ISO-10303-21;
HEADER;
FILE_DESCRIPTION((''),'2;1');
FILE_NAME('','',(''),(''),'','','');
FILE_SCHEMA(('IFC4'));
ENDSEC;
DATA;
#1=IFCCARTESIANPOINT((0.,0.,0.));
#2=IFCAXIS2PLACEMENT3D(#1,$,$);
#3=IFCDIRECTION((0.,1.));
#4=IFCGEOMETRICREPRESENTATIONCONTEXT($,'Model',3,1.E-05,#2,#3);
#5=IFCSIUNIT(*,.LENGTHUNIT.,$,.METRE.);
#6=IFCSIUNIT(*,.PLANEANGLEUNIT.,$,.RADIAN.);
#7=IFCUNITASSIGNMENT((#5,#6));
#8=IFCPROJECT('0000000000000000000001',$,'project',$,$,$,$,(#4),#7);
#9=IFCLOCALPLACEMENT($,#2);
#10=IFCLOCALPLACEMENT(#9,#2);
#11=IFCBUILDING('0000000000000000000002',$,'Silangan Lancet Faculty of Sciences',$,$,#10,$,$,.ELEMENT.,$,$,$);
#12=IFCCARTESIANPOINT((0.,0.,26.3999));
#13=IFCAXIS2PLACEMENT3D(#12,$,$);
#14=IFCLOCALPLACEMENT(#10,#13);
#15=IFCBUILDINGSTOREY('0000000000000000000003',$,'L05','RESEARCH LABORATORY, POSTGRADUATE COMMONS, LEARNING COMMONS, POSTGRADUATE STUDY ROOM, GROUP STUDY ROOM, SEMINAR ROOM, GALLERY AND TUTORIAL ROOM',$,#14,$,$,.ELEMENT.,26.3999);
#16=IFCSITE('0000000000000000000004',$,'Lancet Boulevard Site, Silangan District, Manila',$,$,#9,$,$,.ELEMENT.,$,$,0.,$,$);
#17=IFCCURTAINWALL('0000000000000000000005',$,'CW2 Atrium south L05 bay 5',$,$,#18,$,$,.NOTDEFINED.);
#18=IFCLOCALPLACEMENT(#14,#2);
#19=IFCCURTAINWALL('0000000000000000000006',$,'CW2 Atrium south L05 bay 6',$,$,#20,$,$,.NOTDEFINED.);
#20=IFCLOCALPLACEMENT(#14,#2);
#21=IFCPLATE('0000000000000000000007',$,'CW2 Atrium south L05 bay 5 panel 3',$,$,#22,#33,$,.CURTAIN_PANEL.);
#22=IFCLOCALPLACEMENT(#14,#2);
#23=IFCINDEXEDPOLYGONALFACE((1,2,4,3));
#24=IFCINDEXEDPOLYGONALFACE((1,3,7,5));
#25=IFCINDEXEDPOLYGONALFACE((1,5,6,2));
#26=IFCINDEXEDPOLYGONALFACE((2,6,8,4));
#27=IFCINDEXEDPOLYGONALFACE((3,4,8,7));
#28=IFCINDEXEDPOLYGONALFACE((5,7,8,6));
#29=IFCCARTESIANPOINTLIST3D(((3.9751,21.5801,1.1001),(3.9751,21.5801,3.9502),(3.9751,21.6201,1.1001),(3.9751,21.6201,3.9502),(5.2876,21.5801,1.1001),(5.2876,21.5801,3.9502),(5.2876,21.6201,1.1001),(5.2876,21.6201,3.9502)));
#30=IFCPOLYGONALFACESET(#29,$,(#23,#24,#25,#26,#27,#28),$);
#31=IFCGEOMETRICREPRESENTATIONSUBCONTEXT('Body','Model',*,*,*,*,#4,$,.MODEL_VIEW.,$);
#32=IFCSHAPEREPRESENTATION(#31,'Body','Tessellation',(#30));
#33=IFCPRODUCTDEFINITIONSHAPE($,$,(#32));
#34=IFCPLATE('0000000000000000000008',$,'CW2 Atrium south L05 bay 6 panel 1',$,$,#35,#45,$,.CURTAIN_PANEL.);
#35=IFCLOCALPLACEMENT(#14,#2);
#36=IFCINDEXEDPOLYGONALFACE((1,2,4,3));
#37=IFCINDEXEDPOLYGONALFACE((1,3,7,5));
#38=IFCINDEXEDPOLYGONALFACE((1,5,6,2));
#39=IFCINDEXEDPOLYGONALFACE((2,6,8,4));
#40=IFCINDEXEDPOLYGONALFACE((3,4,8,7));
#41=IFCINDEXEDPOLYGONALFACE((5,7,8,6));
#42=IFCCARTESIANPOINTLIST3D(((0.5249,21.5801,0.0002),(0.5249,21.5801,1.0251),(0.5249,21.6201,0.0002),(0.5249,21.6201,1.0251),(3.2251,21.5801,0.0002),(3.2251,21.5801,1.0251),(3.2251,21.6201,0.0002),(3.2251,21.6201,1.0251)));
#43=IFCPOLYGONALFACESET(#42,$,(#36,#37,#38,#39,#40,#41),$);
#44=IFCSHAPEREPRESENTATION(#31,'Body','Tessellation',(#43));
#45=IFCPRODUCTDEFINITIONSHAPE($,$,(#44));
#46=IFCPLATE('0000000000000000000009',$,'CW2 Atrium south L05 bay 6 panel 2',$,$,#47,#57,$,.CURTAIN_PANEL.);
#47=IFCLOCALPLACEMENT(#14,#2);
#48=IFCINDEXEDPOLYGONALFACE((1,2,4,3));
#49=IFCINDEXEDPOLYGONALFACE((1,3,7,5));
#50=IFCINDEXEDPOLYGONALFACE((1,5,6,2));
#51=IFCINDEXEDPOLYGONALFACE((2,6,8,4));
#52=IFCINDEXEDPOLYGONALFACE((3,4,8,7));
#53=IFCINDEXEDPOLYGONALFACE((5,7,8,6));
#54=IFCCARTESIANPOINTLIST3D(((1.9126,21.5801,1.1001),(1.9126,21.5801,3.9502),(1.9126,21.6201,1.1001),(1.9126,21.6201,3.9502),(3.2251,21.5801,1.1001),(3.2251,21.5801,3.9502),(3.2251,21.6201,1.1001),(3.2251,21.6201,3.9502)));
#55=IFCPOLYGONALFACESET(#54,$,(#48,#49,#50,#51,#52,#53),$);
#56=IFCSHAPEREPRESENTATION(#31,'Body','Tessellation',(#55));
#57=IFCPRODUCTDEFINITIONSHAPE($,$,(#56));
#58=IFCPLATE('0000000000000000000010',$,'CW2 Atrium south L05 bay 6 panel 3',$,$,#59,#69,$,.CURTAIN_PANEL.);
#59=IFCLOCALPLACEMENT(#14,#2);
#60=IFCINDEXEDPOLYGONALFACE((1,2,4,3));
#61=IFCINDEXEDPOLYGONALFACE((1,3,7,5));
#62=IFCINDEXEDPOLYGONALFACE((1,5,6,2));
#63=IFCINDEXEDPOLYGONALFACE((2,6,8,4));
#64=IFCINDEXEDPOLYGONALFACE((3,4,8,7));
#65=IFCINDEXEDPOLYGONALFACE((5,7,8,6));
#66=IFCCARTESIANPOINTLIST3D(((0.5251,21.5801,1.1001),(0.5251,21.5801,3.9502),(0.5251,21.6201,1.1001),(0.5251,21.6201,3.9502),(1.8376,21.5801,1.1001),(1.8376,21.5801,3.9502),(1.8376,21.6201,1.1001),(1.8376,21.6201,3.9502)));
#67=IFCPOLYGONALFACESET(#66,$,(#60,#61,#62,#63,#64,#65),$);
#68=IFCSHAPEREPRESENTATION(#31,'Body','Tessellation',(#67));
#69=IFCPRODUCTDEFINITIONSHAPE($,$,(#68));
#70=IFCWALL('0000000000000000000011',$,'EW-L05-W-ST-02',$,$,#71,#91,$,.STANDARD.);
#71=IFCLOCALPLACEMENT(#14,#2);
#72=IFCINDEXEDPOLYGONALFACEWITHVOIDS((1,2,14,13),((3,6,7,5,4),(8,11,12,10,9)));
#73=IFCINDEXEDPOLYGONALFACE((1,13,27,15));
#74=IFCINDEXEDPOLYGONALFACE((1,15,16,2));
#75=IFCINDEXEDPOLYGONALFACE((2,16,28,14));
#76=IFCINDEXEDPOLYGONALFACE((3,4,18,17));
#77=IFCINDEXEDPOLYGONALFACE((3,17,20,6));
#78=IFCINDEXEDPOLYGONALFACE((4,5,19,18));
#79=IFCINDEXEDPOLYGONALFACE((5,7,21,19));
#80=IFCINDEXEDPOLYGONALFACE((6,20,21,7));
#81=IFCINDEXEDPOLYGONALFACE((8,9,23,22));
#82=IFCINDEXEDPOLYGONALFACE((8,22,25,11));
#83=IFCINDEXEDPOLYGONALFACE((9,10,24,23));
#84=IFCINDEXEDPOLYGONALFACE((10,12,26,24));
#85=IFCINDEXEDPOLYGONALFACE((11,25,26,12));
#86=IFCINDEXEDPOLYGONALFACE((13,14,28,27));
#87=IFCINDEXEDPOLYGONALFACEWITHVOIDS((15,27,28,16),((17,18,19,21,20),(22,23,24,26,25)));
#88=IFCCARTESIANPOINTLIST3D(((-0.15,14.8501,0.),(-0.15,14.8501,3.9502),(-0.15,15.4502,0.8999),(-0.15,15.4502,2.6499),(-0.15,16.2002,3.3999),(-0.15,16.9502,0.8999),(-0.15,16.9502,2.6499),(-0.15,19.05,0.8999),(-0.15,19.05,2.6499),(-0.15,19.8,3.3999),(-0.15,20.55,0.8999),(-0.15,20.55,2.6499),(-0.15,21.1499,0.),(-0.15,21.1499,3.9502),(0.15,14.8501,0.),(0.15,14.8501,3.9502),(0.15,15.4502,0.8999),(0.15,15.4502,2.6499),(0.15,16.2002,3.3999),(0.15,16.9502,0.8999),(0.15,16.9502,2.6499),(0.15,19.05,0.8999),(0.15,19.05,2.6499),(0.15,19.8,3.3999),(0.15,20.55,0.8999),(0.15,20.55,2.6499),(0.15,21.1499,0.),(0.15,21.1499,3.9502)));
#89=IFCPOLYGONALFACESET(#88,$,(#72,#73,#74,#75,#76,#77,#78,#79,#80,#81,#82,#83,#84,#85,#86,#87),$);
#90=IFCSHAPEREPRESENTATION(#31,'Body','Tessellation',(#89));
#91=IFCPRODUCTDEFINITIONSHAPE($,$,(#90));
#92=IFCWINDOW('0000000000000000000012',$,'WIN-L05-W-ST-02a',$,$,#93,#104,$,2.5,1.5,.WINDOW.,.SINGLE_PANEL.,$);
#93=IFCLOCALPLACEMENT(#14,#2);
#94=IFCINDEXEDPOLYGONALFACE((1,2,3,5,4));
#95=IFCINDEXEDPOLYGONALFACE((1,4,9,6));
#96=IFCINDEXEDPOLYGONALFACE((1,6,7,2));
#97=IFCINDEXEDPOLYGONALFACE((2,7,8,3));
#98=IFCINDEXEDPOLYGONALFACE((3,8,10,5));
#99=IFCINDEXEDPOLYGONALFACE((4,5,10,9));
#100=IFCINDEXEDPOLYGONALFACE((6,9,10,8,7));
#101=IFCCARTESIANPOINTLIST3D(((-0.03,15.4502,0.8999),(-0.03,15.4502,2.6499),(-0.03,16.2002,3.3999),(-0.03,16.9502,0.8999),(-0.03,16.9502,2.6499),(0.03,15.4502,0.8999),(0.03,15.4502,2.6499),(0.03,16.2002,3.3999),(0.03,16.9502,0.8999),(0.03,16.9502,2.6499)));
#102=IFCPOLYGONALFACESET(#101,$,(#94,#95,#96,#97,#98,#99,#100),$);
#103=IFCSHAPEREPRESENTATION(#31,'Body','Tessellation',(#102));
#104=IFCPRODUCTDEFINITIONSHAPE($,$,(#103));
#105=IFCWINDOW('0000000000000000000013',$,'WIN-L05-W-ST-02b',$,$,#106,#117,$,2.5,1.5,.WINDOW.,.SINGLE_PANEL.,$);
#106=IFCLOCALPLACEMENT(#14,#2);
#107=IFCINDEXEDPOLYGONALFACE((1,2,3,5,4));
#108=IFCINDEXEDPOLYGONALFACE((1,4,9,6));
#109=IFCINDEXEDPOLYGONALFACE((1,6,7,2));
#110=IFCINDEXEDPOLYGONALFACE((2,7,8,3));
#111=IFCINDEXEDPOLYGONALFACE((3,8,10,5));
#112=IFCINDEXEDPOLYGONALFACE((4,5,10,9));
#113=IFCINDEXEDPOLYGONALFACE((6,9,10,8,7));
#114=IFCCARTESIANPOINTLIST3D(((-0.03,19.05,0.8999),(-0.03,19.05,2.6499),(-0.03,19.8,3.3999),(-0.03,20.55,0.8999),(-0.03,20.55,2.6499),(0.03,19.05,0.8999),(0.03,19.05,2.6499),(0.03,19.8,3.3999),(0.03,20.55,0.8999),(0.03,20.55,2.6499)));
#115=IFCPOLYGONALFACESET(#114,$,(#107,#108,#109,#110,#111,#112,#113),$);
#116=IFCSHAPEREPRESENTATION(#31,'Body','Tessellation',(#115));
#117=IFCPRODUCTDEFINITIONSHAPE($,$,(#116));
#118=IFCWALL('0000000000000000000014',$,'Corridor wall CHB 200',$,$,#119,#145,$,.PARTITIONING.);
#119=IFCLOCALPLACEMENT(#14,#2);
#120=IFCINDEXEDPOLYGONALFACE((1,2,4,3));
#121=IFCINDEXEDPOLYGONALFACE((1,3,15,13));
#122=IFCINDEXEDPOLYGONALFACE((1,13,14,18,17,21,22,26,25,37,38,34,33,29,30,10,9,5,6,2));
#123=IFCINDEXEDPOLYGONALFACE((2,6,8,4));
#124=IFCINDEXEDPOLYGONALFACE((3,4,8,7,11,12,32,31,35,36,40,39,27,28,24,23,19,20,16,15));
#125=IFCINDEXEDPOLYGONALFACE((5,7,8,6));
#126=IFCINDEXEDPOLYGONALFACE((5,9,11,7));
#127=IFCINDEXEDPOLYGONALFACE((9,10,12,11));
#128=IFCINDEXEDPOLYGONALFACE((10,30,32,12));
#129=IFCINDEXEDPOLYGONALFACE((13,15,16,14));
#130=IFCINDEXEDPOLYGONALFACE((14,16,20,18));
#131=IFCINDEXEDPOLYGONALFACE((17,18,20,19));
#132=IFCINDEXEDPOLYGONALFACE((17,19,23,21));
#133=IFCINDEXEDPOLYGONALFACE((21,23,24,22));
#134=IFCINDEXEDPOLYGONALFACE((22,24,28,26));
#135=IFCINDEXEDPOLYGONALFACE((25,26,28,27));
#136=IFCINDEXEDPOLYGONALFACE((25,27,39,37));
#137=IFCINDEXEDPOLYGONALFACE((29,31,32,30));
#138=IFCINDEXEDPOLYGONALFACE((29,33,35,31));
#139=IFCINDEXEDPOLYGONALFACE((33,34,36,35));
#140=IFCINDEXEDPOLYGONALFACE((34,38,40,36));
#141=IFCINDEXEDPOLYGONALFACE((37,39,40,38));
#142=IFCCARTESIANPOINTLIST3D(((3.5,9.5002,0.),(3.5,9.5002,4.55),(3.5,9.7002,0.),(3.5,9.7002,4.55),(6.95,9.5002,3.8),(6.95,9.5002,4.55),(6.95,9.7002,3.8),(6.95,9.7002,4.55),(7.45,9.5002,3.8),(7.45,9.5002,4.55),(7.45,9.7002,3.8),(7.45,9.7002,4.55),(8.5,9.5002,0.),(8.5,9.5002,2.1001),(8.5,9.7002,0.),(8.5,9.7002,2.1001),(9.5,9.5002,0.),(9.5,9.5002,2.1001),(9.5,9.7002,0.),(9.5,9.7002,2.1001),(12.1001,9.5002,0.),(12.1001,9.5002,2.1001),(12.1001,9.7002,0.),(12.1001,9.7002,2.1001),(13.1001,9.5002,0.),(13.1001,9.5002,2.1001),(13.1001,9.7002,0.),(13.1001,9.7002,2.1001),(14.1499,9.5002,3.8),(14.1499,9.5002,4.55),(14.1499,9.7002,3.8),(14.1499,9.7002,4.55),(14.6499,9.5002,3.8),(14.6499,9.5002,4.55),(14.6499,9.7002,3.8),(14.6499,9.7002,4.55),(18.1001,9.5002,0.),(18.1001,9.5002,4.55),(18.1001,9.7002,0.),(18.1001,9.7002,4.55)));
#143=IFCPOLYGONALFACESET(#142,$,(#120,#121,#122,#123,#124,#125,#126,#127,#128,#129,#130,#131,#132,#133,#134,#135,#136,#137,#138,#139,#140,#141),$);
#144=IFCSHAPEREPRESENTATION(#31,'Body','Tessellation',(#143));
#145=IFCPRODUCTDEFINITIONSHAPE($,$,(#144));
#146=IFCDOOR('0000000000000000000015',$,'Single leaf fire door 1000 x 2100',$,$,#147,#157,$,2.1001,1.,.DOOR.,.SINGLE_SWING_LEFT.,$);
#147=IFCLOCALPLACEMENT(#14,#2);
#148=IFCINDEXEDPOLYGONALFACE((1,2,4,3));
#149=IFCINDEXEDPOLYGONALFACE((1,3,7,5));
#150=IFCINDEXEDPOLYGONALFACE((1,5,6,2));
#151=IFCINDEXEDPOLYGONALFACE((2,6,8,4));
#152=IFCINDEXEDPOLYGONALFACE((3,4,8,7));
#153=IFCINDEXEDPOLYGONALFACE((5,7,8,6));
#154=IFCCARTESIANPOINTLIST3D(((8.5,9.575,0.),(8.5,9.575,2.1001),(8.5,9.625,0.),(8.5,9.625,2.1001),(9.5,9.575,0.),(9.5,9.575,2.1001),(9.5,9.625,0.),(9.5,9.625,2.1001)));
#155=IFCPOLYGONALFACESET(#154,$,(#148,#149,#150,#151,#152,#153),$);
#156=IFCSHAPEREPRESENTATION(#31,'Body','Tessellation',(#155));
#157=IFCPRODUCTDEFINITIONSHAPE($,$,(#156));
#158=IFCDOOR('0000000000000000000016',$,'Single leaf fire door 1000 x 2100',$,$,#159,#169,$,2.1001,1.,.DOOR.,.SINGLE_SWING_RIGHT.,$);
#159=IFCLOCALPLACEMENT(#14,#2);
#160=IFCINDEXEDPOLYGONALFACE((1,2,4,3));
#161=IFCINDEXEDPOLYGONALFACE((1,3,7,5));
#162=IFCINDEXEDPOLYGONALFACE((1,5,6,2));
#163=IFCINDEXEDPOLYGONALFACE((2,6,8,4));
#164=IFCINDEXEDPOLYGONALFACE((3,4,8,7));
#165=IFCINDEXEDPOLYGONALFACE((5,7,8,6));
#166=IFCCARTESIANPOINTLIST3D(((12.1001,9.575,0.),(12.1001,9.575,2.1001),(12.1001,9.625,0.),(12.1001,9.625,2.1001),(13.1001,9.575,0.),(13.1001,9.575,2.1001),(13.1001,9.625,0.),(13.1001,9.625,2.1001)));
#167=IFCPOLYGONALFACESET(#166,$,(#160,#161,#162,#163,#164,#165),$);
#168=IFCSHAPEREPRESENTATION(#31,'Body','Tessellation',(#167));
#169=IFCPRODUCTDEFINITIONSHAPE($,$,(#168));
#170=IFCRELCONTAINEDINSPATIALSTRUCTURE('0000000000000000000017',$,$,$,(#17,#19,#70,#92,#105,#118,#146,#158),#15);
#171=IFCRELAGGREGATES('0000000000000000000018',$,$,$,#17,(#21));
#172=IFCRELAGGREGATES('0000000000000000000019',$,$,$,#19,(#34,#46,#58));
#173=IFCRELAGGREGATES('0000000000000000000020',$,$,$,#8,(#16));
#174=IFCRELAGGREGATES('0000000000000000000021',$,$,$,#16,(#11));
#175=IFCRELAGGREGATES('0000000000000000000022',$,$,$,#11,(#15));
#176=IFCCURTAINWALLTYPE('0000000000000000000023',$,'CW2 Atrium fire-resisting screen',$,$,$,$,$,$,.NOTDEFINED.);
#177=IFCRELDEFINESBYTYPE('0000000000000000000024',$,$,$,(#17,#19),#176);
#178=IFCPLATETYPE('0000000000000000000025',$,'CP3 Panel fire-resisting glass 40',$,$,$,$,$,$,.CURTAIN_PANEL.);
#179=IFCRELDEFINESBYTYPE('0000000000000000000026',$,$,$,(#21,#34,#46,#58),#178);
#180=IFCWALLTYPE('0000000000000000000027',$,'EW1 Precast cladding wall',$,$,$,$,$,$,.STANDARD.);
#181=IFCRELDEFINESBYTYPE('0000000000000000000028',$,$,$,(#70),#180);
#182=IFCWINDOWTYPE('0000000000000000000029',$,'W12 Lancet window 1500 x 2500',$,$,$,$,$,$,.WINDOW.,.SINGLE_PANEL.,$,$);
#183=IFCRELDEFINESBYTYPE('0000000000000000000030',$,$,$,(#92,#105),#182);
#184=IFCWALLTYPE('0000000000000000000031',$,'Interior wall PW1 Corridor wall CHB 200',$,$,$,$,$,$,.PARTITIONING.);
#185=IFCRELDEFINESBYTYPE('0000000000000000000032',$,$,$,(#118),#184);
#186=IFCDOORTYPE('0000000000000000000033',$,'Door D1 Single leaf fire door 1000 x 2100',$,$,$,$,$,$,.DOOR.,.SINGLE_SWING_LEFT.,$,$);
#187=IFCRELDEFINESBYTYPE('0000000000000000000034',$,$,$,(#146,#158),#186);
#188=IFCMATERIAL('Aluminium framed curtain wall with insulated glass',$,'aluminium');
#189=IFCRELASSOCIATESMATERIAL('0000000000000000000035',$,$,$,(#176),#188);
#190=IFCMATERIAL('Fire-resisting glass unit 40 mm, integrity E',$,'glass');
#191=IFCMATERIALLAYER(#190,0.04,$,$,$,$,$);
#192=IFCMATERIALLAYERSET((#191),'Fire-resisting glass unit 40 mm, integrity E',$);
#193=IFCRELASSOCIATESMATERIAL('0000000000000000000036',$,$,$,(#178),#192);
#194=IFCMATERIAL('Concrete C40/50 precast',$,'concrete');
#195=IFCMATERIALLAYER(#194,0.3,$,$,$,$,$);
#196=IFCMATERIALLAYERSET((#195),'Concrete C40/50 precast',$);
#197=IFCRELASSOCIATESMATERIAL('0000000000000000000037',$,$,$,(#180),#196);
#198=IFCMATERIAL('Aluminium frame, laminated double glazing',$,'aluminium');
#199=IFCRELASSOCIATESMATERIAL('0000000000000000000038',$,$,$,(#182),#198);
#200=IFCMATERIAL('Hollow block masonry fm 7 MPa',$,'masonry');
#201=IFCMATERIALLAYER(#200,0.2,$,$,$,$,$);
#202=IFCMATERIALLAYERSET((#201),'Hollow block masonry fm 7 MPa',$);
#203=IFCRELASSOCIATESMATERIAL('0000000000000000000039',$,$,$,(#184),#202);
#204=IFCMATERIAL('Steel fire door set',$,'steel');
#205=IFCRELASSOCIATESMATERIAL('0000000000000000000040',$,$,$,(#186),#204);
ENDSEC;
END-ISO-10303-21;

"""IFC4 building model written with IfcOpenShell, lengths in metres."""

from ifc_helpers import new_model, si_unit, direction, frame, frame_2d, origin, origin_2d, place, context, subcontext, project, spatial, polyline, rectangle, outline, extrude, material, layer, layer_set, type_object, element, fill, aggregate, save


model = new_model("IFC4")

# Units and contexts
model_context = context("Model", 3, precision=1e-05, world=origin(), true_north=direction((0.0, 1.0)))
body_context = subcontext(model_context, "Body", "Model", "MODEL_VIEW")
ifc_project = project(units=[si_unit("LENGTHUNIT", "METRE"), si_unit("PLANEANGLEUNIT", "RADIAN")], contexts=[model_context])

# Site, building, storey
site_placement = place(None, origin())
site = spatial("IfcSite", under=ifc_project, at=site_placement, Name="Lancet Boulevard Site, Silangan District, Manila", CompositionType="ELEMENT", RefElevation=0.0)
building_placement = place(site_placement, origin())
building = spatial("IfcBuilding", under=site, at=building_placement, Name="Silangan Lancet Faculty of Sciences", CompositionType="ELEMENT")
storey_placement = place(building_placement, frame((0.0, 0.0, 26.3999)))
storey = spatial("IfcBuildingStorey", under=building, at=storey_placement, Name="L05", Description="RESEARCH LABORATORY, POSTGRADUATE COMMONS, LEARNING COMMONS, POSTGRADUATE STUDY ROOM, GROUP STUDY ROOM, SEMINAR ROOM, GALLERY AND TUTORIAL ROOM", CompositionType="ELEMENT", Elevation=26.3999)

# Curtain wall
ifc_material_1 = material(Name="Aluminium framed curtain wall with insulated glass", Category="aluminium")
curtain_wall_type = type_object("IfcCurtainWallType", Name="CW2 Atrium fire-resisting screen", PredefinedType="NOTDEFINED", material=ifc_material_1)
curtain_wall_1_placement = place(storey_placement, origin())
curtain_wall_1 = element("IfcCurtainWall", 1, at=curtain_wall_1_placement, inside=storey, type_object=curtain_wall_type, Name="CW2 Atrium south L05 bay 5", PredefinedType="NOTDEFINED")

# Curtain wall
curtain_wall_2_placement = place(storey_placement, origin())
curtain_wall_2 = element("IfcCurtainWall", 2, at=curtain_wall_2_placement, inside=storey, type_object=curtain_wall_type, Name="CW2 Atrium south L05 bay 6", PredefinedType="NOTDEFINED")

# Plates
ifc_material_2 = material(Name="Fire-resisting glass unit 40 mm, integrity E", Category="glass")
ifc_layer_1 = layer(ifc_material_2, 0.04)
ifc_layer_set_1 = layer_set([ifc_layer_1], Name="Fire-resisting glass unit 40 mm, integrity E")
plate_type = type_object("IfcPlateType", Name="CP3 Panel fire-resisting glass 40", PredefinedType="CURTAIN_PANEL", material=ifc_layer_set_1)
plate_1_placement = place(storey_placement, frame((4.6313, 21.6001, 1.1001), z_axis=(0.0, 0.0, 1.0), x_axis=(-1.0, 0.0, 0.0)))
plate_1 = element("IfcPlate", 3, at=plate_1_placement, type_object=plate_type, Name="CW2 Atrium south L05 bay 5 panel 3", PredefinedType="CURTAIN_PANEL", context=body_context, shape_type="SweptSolid", body=[
    extrude(rectangle(XDim=1.3125, YDim=0.04, at=origin_2d()), origin(), (0.0, 0.0, 1.0), 2.8501),
])
aggregate(curtain_wall_1, [plate_1])
plate_2_placement = place(storey_placement, frame((1.875, 21.6001, 0.0002), z_axis=(0.0, 0.0, 1.0), x_axis=(-1.0, 0.0, 0.0)))
plate_2 = element("IfcPlate", 4, at=plate_2_placement, type_object=plate_type, Name="CW2 Atrium south L05 bay 6 panel 1", PredefinedType="CURTAIN_PANEL", context=body_context, shape_type="SweptSolid", body=[
    extrude(rectangle(XDim=2.7002, YDim=0.04, at=origin_2d()), origin(), (0.0, 0.0, 1.0), 1.0249),
])
plate_3_placement = place(storey_placement, frame((2.5688, 21.6001, 1.1001), z_axis=(0.0, 0.0, 1.0), x_axis=(-1.0, 0.0, 0.0)))
plate_3 = element("IfcPlate", 5, at=plate_3_placement, type_object=plate_type, Name="CW2 Atrium south L05 bay 6 panel 2", PredefinedType="CURTAIN_PANEL", context=body_context, shape_type="SweptSolid", body=[
    extrude(rectangle(XDim=1.3125, YDim=0.04, at=origin_2d()), origin(), (0.0, 0.0, 1.0), 2.8501),
])
plate_4_placement = place(storey_placement, frame((1.1814, 21.6001, 1.1001), z_axis=(0.0, 0.0, 1.0), x_axis=(-1.0, 0.0, 0.0)))
plate_4 = element("IfcPlate", 6, at=plate_4_placement, type_object=plate_type, Name="CW2 Atrium south L05 bay 6 panel 3", PredefinedType="CURTAIN_PANEL", context=body_context, shape_type="SweptSolid", body=[
    extrude(rectangle(XDim=1.3125, YDim=0.04, at=origin_2d()), origin(), (0.0, 0.0, 1.0), 2.8501),
])
aggregate(curtain_wall_2, [plate_2, plate_3, plate_4])

# Wall, openings, windows
ifc_material_3 = material(Name="Concrete C40/50 precast", Category="concrete")
ifc_layer_2 = layer(ifc_material_3, 0.3)
ifc_layer_set_2 = layer_set([ifc_layer_2], Name="Concrete C40/50 precast")
wall_type_1 = type_object("IfcWallType", Name="EW1 Precast cladding wall", PredefinedType="STANDARD", material=ifc_layer_set_2)
wall_1_placement = place(storey_placement, frame((0.0, 14.8501, 0.0), z_axis=(0.0, 0.0, 1.0), x_axis=(0.0, 1.0, 0.0)))
wall_1 = element("IfcWall", 7, at=wall_1_placement, inside=storey, type_object=wall_type_1, Name="EW-L05-W-ST-02", PredefinedType="STANDARD", context=body_context, shape_type="SweptSolid", body=[
    extrude(rectangle(XDim=6.2998, YDim=0.3, at=frame_2d((3.1499, 0.0))), origin(), (0.0, 0.0, 1.0), 3.9502),
])
opening_1_placement = place(wall_1_placement, frame((0.6001, 0.0, 0.8999)))
opening_1 = element("IfcOpeningElement", 8, at=opening_1_placement, cuts=wall_1, PredefinedType="OPENING", context=body_context, shape_type="SweptSolid", body=[
    extrude(outline(polyline([(0.0, 0.0), (1.5, 0.0), (1.5, 1.75), (0.75, 2.5), (0.0, 1.75), (0.0, 0.0)])), frame((0.0, 0.1599, 0.0), z_axis=(0.0, -1.0, 0.0), x_axis=(1.0, 0.0, 0.0)), (0.0, 0.0, 1.0), 0.3201),
])
opening_2_placement = place(wall_1_placement, frame((4.2, 0.0, 0.8999)))
opening_2 = element("IfcOpeningElement", 9, at=opening_2_placement, cuts=wall_1, PredefinedType="OPENING", context=body_context, shape_type="SweptSolid", body=[
    extrude(outline(polyline([(0.0, 0.0), (1.5, 0.0), (1.5, 1.75), (0.75, 2.5), (0.0, 1.75), (0.0, 0.0)])), frame((0.0, 0.1599, 0.0), z_axis=(0.0, -1.0, 0.0), x_axis=(1.0, 0.0, 0.0)), (0.0, 0.0, 1.0), 0.3201),
])
ifc_material_4 = material(Name="Aluminium frame, laminated double glazing", Category="aluminium")
window_type = type_object("IfcWindowType", Name="W12 Lancet window 1500 x 2500", PartitioningType="SINGLE_PANEL", PredefinedType="WINDOW", material=ifc_material_4)
window_1_placement = place(opening_1_placement, origin())
window_1 = element("IfcWindow", 10, at=window_1_placement, inside=storey, type_object=window_type, Name="WIN-L05-W-ST-02a", OverallHeight=2.5, OverallWidth=1.5, PartitioningType="SINGLE_PANEL", PredefinedType="WINDOW", context=body_context, shape_type="SweptSolid", body=[
    extrude(outline(polyline([(0.0, 0.0), (1.5, 0.0), (1.5, 1.75), (0.75, 2.5), (0.0, 1.75), (0.0, 0.0)])), frame((0.0, 0.03, 0.0), z_axis=(0.0, -1.0, 0.0), x_axis=(1.0, 0.0, 0.0)), (0.0, 0.0, 1.0), 0.0601),
])
fill(opening_1, window_1)
window_2_placement = place(opening_2_placement, origin())
window_2 = element("IfcWindow", 11, at=window_2_placement, inside=storey, type_object=window_type, Name="WIN-L05-W-ST-02b", OverallHeight=2.5, OverallWidth=1.5, PartitioningType="SINGLE_PANEL", PredefinedType="WINDOW", context=body_context, shape_type="SweptSolid", body=[
    extrude(outline(polyline([(0.0, 0.0), (1.5, 0.0), (1.5, 1.75), (0.75, 2.5), (0.0, 1.75), (0.0, 0.0)])), frame((0.0, 0.03, 0.0), z_axis=(0.0, -1.0, 0.0), x_axis=(1.0, 0.0, 0.0)), (0.0, 0.0, 1.0), 0.0601),
])
fill(opening_2, window_2)

# Wall, openings, doors
ifc_material_5 = material(Name="Hollow block masonry fm 7 MPa", Category="masonry")
ifc_layer_3 = layer(ifc_material_5, 0.2)
ifc_layer_set_3 = layer_set([ifc_layer_3], Name="Hollow block masonry fm 7 MPa")
wall_type_2 = type_object("IfcWallType", Name="Interior wall PW1 Corridor wall CHB 200", PredefinedType="PARTITIONING", material=ifc_layer_set_3)
wall_2_placement = place(storey_placement, frame((3.5, 9.6001, 0.0), z_axis=(0.0, 0.0, 1.0), x_axis=(1.0, 0.0, 0.0)))
wall_2 = element("IfcWall", 12, at=wall_2_placement, inside=storey, type_object=wall_type_2, Name="Corridor wall CHB 200", PredefinedType="PARTITIONING", context=body_context, shape_type="SweptSolid", body=[
    extrude(outline(polyline([(0.0, 0.0), (14.6001, 0.0), (14.6001, 4.55), (11.1499, 4.55), (11.1499, 3.8), (10.6499, 3.8), (10.6499, 4.55), (3.95, 4.55), (3.95, 3.8), (3.45, 3.8), (3.45, 4.55), (0.0, 4.55), (0.0, 0.0)])), frame((0.0, 0.1001, 0.0), z_axis=(0.0, -1.0, 0.0), x_axis=(1.0, 0.0, 0.0)), (0.0, 0.0, 1.0), 0.2),
])
opening_3_placement = place(wall_2_placement, frame((5.0, 0.0, 0.0)))
opening_3 = element("IfcOpeningElement", 13, at=opening_3_placement, cuts=wall_2, PredefinedType="OPENING", context=body_context, shape_type="SweptSolid", body=[
    extrude(rectangle(XDim=1.0, YDim=2.1001, at=frame_2d((0.5, 1.05))), frame((0.0, 0.1099, 0.0), z_axis=(0.0, -1.0, 0.0), x_axis=(1.0, 0.0, 0.0)), (0.0, 0.0, 1.0), 0.22),
])
opening_4_placement = place(wall_2_placement, frame((8.6001, 0.0, 0.0)))
opening_4 = element("IfcOpeningElement", 14, at=opening_4_placement, cuts=wall_2, PredefinedType="OPENING", context=body_context, shape_type="SweptSolid", body=[
    extrude(rectangle(XDim=1.0, YDim=2.1001, at=frame_2d((0.5, 1.05))), frame((0.0, 0.1099, 0.0), z_axis=(0.0, -1.0, 0.0), x_axis=(1.0, 0.0, 0.0)), (0.0, 0.0, 1.0), 0.22),
])
ifc_material_6 = material(Name="Steel fire door set", Category="steel")
door_type = type_object("IfcDoorType", Name="Door D1 Single leaf fire door 1000 x 2100", OperationType="SINGLE_SWING_LEFT", PredefinedType="DOOR", material=ifc_material_6)
door_1_placement = place(opening_3_placement, origin())
door_1 = element("IfcDoor", 15, at=door_1_placement, inside=storey, type_object=door_type, Name="Single leaf fire door 1000 x 2100", OperationType="SINGLE_SWING_LEFT", OverallHeight=2.1001, OverallWidth=1.0, PredefinedType="DOOR", context=body_context, shape_type="SweptSolid", body=[
    extrude(rectangle(XDim=1.0, YDim=2.1001, at=frame_2d((0.5, 1.05))), frame((0.0, 0.0249, 0.0), z_axis=(0.0, -1.0, 0.0), x_axis=(1.0, 0.0, 0.0)), (0.0, 0.0, 1.0), 0.05),
])
fill(opening_3, door_1)
door_2_placement = place(opening_4_placement, origin())
door_2 = element("IfcDoor", 16, at=door_2_placement, inside=storey, type_object=door_type, Name="Single leaf fire door 1000 x 2100", OperationType="SINGLE_SWING_RIGHT", OverallHeight=2.1001, OverallWidth=1.0, PredefinedType="DOOR", context=body_context, shape_type="SweptSolid", body=[
    extrude(rectangle(XDim=1.0, YDim=2.1001, at=frame_2d((0.5, 1.05))), frame((0.0, 0.0249, 0.0), z_axis=(0.0, -1.0, 0.0), x_axis=(1.0, 0.0, 0.0)), (0.0, 0.0, 1.0), 0.05),
])
fill(opening_4, door_2)

save(model, "model.ifc")
